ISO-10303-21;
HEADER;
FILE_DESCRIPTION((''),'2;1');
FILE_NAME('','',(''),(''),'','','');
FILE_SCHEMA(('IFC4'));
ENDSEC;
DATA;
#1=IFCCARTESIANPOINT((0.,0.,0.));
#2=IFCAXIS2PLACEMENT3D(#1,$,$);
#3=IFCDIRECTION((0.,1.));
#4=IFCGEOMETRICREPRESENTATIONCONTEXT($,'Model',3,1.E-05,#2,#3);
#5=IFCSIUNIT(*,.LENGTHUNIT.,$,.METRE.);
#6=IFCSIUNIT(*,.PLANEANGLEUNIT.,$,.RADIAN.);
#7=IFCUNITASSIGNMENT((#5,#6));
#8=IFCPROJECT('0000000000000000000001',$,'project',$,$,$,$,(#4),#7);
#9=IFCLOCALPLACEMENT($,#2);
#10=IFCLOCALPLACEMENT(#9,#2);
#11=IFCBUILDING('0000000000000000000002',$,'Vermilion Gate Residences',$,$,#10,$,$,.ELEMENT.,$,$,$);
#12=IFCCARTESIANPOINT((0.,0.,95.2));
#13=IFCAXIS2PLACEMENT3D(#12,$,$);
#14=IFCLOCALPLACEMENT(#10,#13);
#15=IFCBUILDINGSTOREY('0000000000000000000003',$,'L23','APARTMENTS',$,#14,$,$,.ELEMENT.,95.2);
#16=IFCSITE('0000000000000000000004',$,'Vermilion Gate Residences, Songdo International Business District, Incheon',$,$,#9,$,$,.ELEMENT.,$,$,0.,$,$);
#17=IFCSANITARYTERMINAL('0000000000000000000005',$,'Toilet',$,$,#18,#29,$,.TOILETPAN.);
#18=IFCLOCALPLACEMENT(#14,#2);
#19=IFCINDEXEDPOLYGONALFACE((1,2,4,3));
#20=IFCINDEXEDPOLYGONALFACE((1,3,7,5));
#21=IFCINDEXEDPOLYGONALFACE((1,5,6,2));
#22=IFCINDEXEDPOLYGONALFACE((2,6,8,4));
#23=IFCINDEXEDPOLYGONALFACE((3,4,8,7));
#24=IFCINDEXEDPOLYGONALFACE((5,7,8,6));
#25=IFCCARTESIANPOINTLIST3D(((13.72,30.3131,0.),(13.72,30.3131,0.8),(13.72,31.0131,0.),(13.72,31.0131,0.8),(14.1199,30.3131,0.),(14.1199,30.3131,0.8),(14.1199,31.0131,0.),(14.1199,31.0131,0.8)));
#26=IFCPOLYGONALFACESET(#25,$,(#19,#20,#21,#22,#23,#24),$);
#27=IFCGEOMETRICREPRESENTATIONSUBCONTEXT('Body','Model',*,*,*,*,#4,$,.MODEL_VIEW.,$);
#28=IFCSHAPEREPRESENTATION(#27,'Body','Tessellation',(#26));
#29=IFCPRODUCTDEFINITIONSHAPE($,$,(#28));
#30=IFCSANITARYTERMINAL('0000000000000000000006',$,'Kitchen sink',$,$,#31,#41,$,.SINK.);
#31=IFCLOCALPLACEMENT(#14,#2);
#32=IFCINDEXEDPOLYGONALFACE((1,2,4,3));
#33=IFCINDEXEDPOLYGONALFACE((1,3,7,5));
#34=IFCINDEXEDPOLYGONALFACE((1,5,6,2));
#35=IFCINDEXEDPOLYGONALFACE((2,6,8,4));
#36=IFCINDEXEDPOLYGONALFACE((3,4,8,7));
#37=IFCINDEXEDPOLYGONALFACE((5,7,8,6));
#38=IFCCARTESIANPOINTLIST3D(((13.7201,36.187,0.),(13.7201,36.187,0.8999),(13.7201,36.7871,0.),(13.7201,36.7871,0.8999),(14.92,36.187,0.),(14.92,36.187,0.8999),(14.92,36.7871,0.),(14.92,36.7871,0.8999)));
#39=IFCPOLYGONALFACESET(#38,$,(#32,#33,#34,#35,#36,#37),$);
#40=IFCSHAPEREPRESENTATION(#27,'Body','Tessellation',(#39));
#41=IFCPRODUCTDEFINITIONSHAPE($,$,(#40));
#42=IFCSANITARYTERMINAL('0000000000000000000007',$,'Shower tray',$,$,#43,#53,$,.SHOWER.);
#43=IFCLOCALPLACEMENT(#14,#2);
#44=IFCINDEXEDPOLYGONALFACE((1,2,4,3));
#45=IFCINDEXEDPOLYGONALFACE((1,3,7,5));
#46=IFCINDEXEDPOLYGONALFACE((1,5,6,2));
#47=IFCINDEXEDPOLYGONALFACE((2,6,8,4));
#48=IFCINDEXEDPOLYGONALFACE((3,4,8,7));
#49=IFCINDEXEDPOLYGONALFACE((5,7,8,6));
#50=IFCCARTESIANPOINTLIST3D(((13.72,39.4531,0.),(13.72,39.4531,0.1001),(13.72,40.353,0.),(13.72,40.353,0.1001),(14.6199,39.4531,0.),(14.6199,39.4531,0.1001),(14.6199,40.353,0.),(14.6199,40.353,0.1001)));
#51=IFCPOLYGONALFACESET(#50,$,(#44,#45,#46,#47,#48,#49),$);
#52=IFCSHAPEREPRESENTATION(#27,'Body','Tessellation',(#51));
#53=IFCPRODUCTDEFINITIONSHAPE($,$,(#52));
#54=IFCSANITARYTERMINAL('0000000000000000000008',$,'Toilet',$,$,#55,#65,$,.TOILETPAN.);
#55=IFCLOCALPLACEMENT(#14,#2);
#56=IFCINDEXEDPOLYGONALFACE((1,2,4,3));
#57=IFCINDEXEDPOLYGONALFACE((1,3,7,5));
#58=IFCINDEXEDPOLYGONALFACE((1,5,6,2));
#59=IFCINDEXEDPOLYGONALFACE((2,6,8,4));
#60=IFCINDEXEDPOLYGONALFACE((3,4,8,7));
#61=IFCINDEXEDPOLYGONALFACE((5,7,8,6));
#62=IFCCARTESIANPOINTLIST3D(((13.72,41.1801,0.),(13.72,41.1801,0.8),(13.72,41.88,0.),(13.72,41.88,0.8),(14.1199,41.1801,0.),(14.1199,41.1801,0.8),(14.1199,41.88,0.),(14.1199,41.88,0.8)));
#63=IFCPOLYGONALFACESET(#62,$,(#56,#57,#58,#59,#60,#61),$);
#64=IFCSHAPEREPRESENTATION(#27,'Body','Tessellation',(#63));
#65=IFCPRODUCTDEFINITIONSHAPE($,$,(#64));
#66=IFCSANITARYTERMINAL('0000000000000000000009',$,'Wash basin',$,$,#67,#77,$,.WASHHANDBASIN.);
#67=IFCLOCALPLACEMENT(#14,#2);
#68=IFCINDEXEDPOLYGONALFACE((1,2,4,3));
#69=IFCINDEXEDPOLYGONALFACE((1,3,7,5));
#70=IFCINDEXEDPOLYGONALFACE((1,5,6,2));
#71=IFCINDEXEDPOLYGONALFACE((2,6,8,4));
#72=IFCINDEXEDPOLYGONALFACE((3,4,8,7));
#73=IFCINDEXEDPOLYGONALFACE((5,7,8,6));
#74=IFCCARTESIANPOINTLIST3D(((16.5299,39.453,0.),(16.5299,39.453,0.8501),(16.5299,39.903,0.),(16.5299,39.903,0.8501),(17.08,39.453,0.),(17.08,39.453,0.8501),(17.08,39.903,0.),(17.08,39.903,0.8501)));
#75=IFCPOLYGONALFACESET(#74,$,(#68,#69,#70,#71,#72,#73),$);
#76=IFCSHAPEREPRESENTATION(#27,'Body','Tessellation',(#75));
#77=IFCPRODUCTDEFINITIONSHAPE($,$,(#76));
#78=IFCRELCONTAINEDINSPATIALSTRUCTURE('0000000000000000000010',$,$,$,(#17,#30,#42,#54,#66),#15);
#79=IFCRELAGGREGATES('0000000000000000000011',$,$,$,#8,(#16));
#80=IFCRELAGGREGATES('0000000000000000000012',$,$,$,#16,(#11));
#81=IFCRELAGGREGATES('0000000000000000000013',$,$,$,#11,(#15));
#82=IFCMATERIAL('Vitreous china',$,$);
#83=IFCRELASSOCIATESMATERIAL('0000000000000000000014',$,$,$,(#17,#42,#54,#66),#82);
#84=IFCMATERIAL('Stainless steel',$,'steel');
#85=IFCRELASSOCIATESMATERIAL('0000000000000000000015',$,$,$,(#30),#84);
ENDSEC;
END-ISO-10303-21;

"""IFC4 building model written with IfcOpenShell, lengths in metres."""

from ifc_helpers import new_model, si_unit, direction, frame, origin, origin_2d, place, context, subcontext, project, spatial, rectangle, extrude, material, element, save


model = new_model("IFC4")

# Units and contexts
model_context = context("Model", 3, precision=1e-05, world=origin(), true_north=direction((0.0, 1.0)))
body_context = subcontext(model_context, "Body", "Model", "MODEL_VIEW")
ifc_project = project(units=[si_unit("LENGTHUNIT", "METRE"), si_unit("PLANEANGLEUNIT", "RADIAN")], contexts=[model_context])

# Site, building, storey
site_placement = place(None, origin())
site = spatial("IfcSite", under=ifc_project, at=site_placement, Name="Vermilion Gate Residences, Songdo International Business District, Incheon", CompositionType="ELEMENT", RefElevation=0.0)
building_placement = place(site_placement, origin())
building = spatial("IfcBuilding", under=site, at=building_placement, Name="Vermilion Gate Residences", CompositionType="ELEMENT")
storey_placement = place(building_placement, frame((0.0, 0.0, 95.2)))
storey = spatial("IfcBuildingStorey", under=building, at=storey_placement, Name="L23", Description="APARTMENTS", CompositionType="ELEMENT", Elevation=95.2)

# Sanitary terminals
ifc_material_1 = material(Name="Vitreous china")
for number, where, z_axis, x_axis, name in (
    (1, (13.9199, 30.6631, 0.0), (0.0, 0.0, 1.0), (1.0, 0.0, 0.0), "Toilet"),
):
    element("IfcSanitaryTerminal", number, at=place(storey_placement, frame(where, z_axis=z_axis, x_axis=x_axis)), inside=storey, material=ifc_material_1, Name=name, PredefinedType="TOILETPAN", context=body_context, shape_type="SweptSolid", body=[
        extrude(rectangle(XDim=0.3999, YDim=0.7, at=origin_2d()), origin(), (0.0, 0.0, 1.0), 0.8),
    ])
ifc_material_2 = material(Name="Stainless steel", Category="steel")
sanitary_terminal_1_placement = place(storey_placement, frame((14.3201, 36.4871, 0.0), z_axis=(0.0, 0.0, 1.0), x_axis=(1.0, 0.0, 0.0)))
element("IfcSanitaryTerminal", 2, at=sanitary_terminal_1_placement, inside=storey, material=ifc_material_2, Name="Kitchen sink", PredefinedType="SINK", context=body_context, shape_type="SweptSolid", body=[
    extrude(rectangle(XDim=1.2, YDim=0.6001, at=origin_2d()), origin(), (0.0, 0.0, 1.0), 0.8999),
])
sanitary_terminal_2_placement = place(storey_placement, frame((14.1699, 39.9031, 0.0), z_axis=(0.0, 0.0, 1.0), x_axis=(1.0, 0.0, 0.0)))
element("IfcSanitaryTerminal", 3, at=sanitary_terminal_2_placement, inside=storey, material=ifc_material_1, Name="Shower tray", PredefinedType="SHOWER", context=body_context, shape_type="SweptSolid", body=[
    extrude(rectangle(XDim=0.8999, YDim=0.8999, at=origin_2d()), origin(), (0.0, 0.0, 1.0), 0.1001),
])
sanitary_terminal_3_placement = place(storey_placement, frame((13.9199, 41.53, 0.0), z_axis=(0.0, 0.0, 1.0), x_axis=(1.0, 0.0, 0.0)))
element("IfcSanitaryTerminal", 4, at=sanitary_terminal_3_placement, inside=storey, material=ifc_material_1, Name="Toilet", PredefinedType="TOILETPAN", context=body_context, shape_type="SweptSolid", body=[
    extrude(rectangle(XDim=0.3999, YDim=0.7, at=origin_2d()), origin(), (0.0, 0.0, 1.0), 0.8),
])
sanitary_terminal_4_placement = place(storey_placement, frame((16.8049, 39.678, 0.0), z_axis=(0.0, 0.0, 1.0), x_axis=(1.0, 0.0, 0.0)))
element("IfcSanitaryTerminal", 5, at=sanitary_terminal_4_placement, inside=storey, material=ifc_material_1, Name="Wash basin", PredefinedType="WASHHANDBASIN", context=body_context, shape_type="SweptSolid", body=[
    extrude(rectangle(XDim=0.55, YDim=0.45, at=origin_2d()), origin(), (0.0, 0.0, 1.0), 0.8501),
])

save(model, "model.ifc")
